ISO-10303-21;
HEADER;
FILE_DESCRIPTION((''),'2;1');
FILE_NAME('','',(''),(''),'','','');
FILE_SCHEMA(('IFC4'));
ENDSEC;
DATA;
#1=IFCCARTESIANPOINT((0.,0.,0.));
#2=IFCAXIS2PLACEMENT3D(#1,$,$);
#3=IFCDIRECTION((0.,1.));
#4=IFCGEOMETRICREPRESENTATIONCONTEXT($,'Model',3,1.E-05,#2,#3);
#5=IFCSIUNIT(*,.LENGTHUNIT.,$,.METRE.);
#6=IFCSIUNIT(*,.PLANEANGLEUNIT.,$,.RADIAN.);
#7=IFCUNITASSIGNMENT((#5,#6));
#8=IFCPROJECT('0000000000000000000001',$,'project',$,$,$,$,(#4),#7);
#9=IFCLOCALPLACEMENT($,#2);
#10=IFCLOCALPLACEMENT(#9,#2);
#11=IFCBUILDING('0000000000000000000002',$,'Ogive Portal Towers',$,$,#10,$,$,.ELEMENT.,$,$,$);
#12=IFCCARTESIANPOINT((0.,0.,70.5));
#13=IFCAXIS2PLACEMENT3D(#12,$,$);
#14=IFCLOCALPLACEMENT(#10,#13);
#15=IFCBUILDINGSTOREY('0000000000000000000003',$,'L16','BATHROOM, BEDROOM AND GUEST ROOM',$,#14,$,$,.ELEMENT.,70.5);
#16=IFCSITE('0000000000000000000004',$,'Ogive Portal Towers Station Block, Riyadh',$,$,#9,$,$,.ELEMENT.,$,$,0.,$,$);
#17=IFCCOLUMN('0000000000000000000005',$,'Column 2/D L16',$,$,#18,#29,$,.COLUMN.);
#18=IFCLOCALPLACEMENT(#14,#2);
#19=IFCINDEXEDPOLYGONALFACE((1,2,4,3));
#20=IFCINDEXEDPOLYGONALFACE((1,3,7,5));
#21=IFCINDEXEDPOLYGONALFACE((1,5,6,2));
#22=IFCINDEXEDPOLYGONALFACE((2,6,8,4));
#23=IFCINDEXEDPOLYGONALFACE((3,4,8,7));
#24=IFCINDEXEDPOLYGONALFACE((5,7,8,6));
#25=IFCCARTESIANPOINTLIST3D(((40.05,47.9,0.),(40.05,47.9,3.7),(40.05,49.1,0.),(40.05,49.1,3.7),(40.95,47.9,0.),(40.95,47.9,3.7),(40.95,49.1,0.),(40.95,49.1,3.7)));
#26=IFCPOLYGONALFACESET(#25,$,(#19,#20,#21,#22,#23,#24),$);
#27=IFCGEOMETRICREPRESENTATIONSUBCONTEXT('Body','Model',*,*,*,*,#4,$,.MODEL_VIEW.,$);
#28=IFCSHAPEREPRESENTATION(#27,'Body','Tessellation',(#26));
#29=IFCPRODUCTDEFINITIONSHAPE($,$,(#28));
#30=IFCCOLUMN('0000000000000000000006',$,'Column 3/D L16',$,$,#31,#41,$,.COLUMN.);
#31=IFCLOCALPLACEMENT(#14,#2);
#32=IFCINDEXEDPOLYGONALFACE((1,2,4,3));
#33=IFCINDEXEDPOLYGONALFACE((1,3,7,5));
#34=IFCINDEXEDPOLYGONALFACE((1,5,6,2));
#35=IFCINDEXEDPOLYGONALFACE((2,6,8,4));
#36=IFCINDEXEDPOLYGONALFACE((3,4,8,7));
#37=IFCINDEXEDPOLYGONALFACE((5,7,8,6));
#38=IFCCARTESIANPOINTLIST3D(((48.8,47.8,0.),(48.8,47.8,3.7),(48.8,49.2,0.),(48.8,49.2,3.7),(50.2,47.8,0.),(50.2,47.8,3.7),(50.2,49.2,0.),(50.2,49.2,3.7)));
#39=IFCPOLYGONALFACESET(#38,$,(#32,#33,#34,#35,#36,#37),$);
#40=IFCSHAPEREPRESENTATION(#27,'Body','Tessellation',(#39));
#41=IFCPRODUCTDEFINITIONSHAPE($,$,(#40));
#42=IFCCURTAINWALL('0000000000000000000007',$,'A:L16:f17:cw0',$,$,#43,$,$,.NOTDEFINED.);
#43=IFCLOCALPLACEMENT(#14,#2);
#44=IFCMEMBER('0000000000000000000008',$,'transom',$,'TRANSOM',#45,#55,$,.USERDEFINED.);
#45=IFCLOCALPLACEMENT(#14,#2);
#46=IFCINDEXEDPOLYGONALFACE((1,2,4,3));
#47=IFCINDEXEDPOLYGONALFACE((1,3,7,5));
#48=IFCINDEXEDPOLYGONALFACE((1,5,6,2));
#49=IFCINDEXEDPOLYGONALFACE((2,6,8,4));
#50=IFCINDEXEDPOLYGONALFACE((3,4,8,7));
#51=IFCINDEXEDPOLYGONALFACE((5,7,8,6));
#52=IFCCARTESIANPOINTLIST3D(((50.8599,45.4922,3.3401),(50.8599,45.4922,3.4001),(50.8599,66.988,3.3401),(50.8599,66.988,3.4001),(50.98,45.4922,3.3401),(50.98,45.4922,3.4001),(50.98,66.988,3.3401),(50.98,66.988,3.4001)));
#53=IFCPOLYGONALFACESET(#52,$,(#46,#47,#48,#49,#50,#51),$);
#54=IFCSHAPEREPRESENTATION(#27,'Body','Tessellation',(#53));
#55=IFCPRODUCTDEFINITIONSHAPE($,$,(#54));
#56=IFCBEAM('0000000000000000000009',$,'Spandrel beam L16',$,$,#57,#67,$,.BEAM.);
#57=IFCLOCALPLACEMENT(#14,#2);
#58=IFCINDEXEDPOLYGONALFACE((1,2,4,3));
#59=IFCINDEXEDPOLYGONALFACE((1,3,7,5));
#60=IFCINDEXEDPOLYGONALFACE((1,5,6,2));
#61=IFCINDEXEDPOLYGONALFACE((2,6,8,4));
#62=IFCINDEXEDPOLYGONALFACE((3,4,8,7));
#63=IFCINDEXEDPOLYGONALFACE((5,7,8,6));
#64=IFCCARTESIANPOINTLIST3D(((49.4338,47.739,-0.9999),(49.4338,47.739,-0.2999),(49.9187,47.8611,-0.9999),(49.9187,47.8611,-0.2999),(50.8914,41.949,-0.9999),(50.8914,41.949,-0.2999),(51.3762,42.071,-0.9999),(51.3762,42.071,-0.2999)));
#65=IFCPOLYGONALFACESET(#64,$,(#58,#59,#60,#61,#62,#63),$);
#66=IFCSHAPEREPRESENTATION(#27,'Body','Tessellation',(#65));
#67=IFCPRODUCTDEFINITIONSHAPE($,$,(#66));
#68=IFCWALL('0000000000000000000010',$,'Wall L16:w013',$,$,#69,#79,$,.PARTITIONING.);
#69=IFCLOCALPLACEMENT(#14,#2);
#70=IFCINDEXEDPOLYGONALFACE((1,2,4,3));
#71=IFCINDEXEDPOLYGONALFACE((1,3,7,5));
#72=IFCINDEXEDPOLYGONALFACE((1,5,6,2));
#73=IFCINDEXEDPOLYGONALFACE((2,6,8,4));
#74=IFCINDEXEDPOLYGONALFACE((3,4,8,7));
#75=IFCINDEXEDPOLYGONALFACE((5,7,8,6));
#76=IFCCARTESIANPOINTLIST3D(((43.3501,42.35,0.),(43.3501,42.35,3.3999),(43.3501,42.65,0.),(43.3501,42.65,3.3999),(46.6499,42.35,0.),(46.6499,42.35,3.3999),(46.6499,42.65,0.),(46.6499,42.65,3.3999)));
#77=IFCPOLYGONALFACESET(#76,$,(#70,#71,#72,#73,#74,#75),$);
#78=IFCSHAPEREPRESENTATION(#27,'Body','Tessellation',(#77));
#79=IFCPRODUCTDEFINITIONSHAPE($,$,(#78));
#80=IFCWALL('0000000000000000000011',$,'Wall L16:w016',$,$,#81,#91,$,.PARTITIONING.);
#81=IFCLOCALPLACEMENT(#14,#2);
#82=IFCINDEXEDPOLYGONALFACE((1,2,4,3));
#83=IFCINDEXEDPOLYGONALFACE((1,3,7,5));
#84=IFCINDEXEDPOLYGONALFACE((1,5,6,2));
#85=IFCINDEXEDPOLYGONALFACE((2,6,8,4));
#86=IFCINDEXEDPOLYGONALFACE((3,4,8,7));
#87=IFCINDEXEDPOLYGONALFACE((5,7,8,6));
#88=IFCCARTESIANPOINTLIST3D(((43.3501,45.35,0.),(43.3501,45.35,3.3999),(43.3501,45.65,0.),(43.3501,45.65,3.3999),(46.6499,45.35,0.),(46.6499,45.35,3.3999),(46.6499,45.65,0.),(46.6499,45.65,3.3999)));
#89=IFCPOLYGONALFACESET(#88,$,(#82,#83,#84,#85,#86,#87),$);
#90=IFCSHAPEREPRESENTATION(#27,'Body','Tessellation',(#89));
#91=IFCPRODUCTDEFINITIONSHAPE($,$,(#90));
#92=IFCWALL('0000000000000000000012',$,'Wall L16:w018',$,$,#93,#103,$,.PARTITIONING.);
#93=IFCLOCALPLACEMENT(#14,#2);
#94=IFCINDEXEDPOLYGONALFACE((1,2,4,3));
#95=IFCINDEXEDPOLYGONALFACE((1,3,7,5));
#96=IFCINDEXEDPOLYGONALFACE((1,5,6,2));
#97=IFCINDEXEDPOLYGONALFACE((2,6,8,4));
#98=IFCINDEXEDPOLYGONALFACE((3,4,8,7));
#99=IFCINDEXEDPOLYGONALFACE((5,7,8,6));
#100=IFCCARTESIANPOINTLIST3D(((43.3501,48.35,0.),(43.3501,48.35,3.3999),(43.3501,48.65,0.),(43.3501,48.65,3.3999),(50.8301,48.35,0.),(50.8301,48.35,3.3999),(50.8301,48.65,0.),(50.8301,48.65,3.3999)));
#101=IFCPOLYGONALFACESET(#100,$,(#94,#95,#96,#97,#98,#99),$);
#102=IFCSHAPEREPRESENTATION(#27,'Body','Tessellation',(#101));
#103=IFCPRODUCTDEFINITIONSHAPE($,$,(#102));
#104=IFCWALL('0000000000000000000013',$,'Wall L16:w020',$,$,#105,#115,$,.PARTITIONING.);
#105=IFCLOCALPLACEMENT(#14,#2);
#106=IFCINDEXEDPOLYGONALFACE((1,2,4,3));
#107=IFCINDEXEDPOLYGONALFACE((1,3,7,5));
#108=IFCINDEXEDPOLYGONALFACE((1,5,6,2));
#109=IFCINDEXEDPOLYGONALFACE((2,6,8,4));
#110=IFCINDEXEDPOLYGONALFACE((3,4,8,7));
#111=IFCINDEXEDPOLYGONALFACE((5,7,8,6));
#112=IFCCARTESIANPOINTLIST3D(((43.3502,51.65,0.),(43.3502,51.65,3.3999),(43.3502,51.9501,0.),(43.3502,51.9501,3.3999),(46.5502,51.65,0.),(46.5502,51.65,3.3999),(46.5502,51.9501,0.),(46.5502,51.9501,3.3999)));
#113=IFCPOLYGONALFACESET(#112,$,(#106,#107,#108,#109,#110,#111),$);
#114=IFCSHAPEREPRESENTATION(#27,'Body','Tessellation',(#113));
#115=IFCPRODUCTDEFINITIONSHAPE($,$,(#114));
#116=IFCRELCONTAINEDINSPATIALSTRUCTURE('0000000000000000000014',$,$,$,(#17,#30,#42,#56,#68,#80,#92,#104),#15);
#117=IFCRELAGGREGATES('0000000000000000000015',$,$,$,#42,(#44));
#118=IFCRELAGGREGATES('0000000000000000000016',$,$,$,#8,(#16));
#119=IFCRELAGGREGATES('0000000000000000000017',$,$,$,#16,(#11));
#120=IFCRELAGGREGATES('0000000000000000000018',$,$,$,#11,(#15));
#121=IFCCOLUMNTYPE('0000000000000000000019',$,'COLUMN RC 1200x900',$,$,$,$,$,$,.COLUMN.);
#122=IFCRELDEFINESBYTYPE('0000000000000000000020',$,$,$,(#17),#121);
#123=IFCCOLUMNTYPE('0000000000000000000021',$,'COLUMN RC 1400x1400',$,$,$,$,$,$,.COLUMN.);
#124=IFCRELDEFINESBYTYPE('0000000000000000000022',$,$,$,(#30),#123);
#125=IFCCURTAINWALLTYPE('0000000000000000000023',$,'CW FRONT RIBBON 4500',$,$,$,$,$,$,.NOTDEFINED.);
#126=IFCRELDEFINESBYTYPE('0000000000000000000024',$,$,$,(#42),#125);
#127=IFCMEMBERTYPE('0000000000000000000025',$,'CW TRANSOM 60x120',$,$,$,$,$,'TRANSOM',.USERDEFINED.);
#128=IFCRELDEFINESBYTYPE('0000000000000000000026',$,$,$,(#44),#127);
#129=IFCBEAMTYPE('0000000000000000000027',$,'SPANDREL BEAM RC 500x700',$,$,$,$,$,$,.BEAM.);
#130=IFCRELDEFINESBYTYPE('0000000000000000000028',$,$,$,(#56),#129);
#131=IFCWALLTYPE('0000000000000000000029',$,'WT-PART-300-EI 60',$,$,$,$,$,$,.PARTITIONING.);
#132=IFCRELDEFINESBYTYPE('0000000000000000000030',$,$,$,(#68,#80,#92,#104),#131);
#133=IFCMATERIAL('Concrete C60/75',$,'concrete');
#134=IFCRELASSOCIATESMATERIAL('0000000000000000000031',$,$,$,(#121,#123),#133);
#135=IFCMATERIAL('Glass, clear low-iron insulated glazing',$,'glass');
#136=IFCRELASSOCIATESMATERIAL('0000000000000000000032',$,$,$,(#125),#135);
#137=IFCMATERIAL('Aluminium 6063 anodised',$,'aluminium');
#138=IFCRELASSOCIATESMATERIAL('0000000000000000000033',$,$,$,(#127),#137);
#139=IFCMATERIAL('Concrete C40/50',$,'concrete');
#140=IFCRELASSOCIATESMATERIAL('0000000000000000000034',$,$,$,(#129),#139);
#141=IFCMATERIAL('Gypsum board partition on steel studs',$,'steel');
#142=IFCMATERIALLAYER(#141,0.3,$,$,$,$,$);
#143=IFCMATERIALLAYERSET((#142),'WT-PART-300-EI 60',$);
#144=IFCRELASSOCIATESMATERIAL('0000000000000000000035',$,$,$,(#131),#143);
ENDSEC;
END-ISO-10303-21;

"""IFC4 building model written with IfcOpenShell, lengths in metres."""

from ifc_helpers import new_model, si_unit, direction, frame, frame_2d, origin, origin_2d, place, context, subcontext, project, spatial, rectangle, extrude, material, layer, layer_set, material_profile, profile_set, type_object, element, aggregate, save


model = new_model("IFC4")

# Units and contexts
model_context = context("Model", 3, precision=1e-05, world=origin(), true_north=direction((0.0, 1.0)))
body_context = subcontext(model_context, "Body", "Model", "MODEL_VIEW")
ifc_project = project(units=[si_unit("LENGTHUNIT", "METRE"), si_unit("PLANEANGLEUNIT", "RADIAN")], contexts=[model_context])

# Site, building, storey
site_placement = place(None, origin())
site = spatial("IfcSite", under=ifc_project, at=site_placement, Name="Ogive Portal Towers Station Block, Riyadh", CompositionType="ELEMENT", RefElevation=0.0)
building_placement = place(site_placement, origin())
building = spatial("IfcBuilding", under=site, at=building_placement, Name="Ogive Portal Towers", CompositionType="ELEMENT")
storey_placement = place(building_placement, frame((0.0, 0.0, 70.5)))
storey = spatial("IfcBuildingStorey", under=building, at=storey_placement, Name="L16", Description="BATHROOM, BEDROOM AND GUEST ROOM", CompositionType="ELEMENT", Elevation=70.5)

# Columns
ifc_material_1 = material(Name="Concrete C60/75", Category="concrete")
ifc_material_profile_1 = material_profile(ifc_material_1, rectangle(XDim=1.2, YDim=0.8999, at=origin_2d()), Name="RC 1200x900")
ifc_profile_set_1 = profile_set([ifc_material_profile_1], Name="Concrete C60/75")
column_type_1 = type_object("IfcColumnType", Name="COLUMN RC 1200x900", PredefinedType="COLUMN", material=ifc_profile_set_1)
column_1_placement = place(storey_placement, frame((40.5, 48.5, 0.0), z_axis=(0.0, 0.0, 1.0), x_axis=(0.0, 1.0, 0.0)))
element("IfcColumn", 1, at=column_1_placement, inside=storey, type_object=column_type_1, Name="Column 2/D L16", PredefinedType="COLUMN", context=body_context, shape_type="SweptSolid", body=[
    extrude(rectangle(XDim=1.2, YDim=0.8999, at=origin_2d()), origin(), (0.0, 0.0, 1.0), 3.7),
])
ifc_material_profile_2 = material_profile(ifc_material_1, rectangle(XDim=1.3999, YDim=1.3999, at=origin_2d()), Name="RC 1400x1400")
ifc_profile_set_2 = profile_set([ifc_material_profile_2], Name="Concrete C60/75")
column_type_2 = type_object("IfcColumnType", Name="COLUMN RC 1400x1400", PredefinedType="COLUMN", material=ifc_profile_set_2)
column_2_placement = place(storey_placement, frame((49.5, 48.5, 0.0), z_axis=(0.0, 0.0, 1.0), x_axis=(1.0, 0.0, 0.0)))
element("IfcColumn", 2, at=column_2_placement, inside=storey, type_object=column_type_2, Name="Column 3/D L16", PredefinedType="COLUMN", context=body_context, shape_type="SweptSolid", body=[
    extrude(rectangle(XDim=1.3999, YDim=1.3999, at=origin_2d()), origin(), (0.0, 0.0, 1.0), 3.7),
])

# Curtain wall, member
ifc_material_2 = material(Name="Glass, clear low-iron insulated glazing", Category="glass")
curtain_wall_type = type_object("IfcCurtainWallType", Name="CW FRONT RIBBON 4500", PredefinedType="NOTDEFINED", material=ifc_material_2)
curtain_wall_placement = place(storey_placement, origin())
curtain_wall = element("IfcCurtainWall", 3, at=curtain_wall_placement, inside=storey, type_object=curtain_wall_type, Name="A:L16:f17:cw0", PredefinedType="NOTDEFINED")
ifc_material_3 = material(Name="Aluminium 6063 anodised", Category="aluminium")
ifc_material_profile_3 = material_profile(ifc_material_3, rectangle(XDim=0.1201, YDim=0.0601, at=origin_2d()), Name="AL 120x60")
ifc_profile_set_3 = profile_set([ifc_material_profile_3], Name="Aluminium 6063 anodised")
member_type = type_object("IfcMemberType", Name="CW TRANSOM 60x120", ElementType="TRANSOM", PredefinedType="USERDEFINED", material=ifc_profile_set_3)
member_placement = place(storey_placement, frame((50.9199, 45.4922, 3.3701), z_axis=(0.0, 1.0, 0.0), x_axis=(-1.0, 0.0, 0.0)))
member = element("IfcMember", 4, at=member_placement, type_object=member_type, Name="transom", ObjectType="TRANSOM", PredefinedType="USERDEFINED", context=body_context, shape_type="SweptSolid", body=[
    extrude(rectangle(XDim=0.1201, YDim=0.0601, at=origin_2d()), origin(), (0.0, 0.0, 1.0), 21.4958),
])
aggregate(curtain_wall, [member])

# Beam
ifc_material_4 = material(Name="Concrete C40/50", Category="concrete")
ifc_material_profile_4 = material_profile(ifc_material_4, rectangle(XDim=0.5, YDim=0.7, at=origin_2d()), Name="RC 500x700")
ifc_profile_set_4 = profile_set([ifc_material_profile_4], Name="Concrete C40/50")
beam_type = type_object("IfcBeamType", Name="SPANDREL BEAM RC 500x700", PredefinedType="BEAM", material=ifc_profile_set_4)
beam_placement = place(storey_placement, frame((49.6763, 47.8, -0.6499), z_axis=(0.244113, -0.969747, 0.0), x_axis=(0.969747, 0.244113, 0.0)))
element("IfcBeam", 5, at=beam_placement, inside=storey, type_object=beam_type, Name="Spandrel beam L16", PredefinedType="BEAM", context=body_context, shape_type="SweptSolid", body=[
    extrude(rectangle(XDim=0.5, YDim=0.7, at=origin_2d()), origin(), (0.0, 0.0, 1.0), 5.9707),
])

# Walls
ifc_material_5 = material(Name="Gypsum board partition on steel studs", Category="steel")
ifc_layer_1 = layer(ifc_material_5, 0.3)
ifc_layer_set_1 = layer_set([ifc_layer_1], Name="WT-PART-300-EI 60")
wall_type_1 = type_object("IfcWallType", Name="WT-PART-300-EI 60", PredefinedType="PARTITIONING", material=ifc_layer_set_1)
for number, where, z_axis, x_axis, name in (
    (6, (43.3501, 42.5, 0.0), (0.0, 0.0, 1.0), (1.0, 0.0, 0.0), "Wall L16:w013"),
    (7, (43.3501, 45.5, 0.0), (0.0, 0.0, 1.0), (1.0, 0.0, 0.0), "Wall L16:w016"),
):
    element("IfcWall", number, at=place(storey_placement, frame(where, z_axis=z_axis, x_axis=x_axis)), inside=storey, type_object=wall_type_1, Name=name, PredefinedType="PARTITIONING", context=body_context, shape_type="SweptSolid", body=[
        extrude(rectangle(XDim=3.2998, YDim=0.3, at=frame_2d((1.6499, 0.0))), origin(), (0.0, 0.0, 1.0), 3.3999),
    ])
wall_1_placement = place(storey_placement, frame((43.3501, 48.5, 0.0), z_axis=(0.0, 0.0, 1.0), x_axis=(1.0, 0.0, 0.0)))
element("IfcWall", 8, at=wall_1_placement, inside=storey, type_object=wall_type_1, Name="Wall L16:w018", PredefinedType="PARTITIONING", context=body_context, shape_type="SweptSolid", body=[
    extrude(rectangle(XDim=7.48, YDim=0.3, at=frame_2d((3.74, 0.0))), origin(), (0.0, 0.0, 1.0), 3.3999),
])
wall_2_placement = place(storey_placement, frame((43.3501, 51.8, 0.0), z_axis=(0.0, 0.0, 1.0), x_axis=(1.0, 0.0, 0.0)))
element("IfcWall", 9, at=wall_2_placement, inside=storey, type_object=wall_type_1, Name="Wall L16:w020", PredefinedType="PARTITIONING", context=body_context, shape_type="SweptSolid", body=[
    extrude(rectangle(XDim=3.2, YDim=0.3, at=frame_2d((1.6001, 0.0))), origin(), (0.0, 0.0, 1.0), 3.3999),
])

save(model, "model.ifc")
